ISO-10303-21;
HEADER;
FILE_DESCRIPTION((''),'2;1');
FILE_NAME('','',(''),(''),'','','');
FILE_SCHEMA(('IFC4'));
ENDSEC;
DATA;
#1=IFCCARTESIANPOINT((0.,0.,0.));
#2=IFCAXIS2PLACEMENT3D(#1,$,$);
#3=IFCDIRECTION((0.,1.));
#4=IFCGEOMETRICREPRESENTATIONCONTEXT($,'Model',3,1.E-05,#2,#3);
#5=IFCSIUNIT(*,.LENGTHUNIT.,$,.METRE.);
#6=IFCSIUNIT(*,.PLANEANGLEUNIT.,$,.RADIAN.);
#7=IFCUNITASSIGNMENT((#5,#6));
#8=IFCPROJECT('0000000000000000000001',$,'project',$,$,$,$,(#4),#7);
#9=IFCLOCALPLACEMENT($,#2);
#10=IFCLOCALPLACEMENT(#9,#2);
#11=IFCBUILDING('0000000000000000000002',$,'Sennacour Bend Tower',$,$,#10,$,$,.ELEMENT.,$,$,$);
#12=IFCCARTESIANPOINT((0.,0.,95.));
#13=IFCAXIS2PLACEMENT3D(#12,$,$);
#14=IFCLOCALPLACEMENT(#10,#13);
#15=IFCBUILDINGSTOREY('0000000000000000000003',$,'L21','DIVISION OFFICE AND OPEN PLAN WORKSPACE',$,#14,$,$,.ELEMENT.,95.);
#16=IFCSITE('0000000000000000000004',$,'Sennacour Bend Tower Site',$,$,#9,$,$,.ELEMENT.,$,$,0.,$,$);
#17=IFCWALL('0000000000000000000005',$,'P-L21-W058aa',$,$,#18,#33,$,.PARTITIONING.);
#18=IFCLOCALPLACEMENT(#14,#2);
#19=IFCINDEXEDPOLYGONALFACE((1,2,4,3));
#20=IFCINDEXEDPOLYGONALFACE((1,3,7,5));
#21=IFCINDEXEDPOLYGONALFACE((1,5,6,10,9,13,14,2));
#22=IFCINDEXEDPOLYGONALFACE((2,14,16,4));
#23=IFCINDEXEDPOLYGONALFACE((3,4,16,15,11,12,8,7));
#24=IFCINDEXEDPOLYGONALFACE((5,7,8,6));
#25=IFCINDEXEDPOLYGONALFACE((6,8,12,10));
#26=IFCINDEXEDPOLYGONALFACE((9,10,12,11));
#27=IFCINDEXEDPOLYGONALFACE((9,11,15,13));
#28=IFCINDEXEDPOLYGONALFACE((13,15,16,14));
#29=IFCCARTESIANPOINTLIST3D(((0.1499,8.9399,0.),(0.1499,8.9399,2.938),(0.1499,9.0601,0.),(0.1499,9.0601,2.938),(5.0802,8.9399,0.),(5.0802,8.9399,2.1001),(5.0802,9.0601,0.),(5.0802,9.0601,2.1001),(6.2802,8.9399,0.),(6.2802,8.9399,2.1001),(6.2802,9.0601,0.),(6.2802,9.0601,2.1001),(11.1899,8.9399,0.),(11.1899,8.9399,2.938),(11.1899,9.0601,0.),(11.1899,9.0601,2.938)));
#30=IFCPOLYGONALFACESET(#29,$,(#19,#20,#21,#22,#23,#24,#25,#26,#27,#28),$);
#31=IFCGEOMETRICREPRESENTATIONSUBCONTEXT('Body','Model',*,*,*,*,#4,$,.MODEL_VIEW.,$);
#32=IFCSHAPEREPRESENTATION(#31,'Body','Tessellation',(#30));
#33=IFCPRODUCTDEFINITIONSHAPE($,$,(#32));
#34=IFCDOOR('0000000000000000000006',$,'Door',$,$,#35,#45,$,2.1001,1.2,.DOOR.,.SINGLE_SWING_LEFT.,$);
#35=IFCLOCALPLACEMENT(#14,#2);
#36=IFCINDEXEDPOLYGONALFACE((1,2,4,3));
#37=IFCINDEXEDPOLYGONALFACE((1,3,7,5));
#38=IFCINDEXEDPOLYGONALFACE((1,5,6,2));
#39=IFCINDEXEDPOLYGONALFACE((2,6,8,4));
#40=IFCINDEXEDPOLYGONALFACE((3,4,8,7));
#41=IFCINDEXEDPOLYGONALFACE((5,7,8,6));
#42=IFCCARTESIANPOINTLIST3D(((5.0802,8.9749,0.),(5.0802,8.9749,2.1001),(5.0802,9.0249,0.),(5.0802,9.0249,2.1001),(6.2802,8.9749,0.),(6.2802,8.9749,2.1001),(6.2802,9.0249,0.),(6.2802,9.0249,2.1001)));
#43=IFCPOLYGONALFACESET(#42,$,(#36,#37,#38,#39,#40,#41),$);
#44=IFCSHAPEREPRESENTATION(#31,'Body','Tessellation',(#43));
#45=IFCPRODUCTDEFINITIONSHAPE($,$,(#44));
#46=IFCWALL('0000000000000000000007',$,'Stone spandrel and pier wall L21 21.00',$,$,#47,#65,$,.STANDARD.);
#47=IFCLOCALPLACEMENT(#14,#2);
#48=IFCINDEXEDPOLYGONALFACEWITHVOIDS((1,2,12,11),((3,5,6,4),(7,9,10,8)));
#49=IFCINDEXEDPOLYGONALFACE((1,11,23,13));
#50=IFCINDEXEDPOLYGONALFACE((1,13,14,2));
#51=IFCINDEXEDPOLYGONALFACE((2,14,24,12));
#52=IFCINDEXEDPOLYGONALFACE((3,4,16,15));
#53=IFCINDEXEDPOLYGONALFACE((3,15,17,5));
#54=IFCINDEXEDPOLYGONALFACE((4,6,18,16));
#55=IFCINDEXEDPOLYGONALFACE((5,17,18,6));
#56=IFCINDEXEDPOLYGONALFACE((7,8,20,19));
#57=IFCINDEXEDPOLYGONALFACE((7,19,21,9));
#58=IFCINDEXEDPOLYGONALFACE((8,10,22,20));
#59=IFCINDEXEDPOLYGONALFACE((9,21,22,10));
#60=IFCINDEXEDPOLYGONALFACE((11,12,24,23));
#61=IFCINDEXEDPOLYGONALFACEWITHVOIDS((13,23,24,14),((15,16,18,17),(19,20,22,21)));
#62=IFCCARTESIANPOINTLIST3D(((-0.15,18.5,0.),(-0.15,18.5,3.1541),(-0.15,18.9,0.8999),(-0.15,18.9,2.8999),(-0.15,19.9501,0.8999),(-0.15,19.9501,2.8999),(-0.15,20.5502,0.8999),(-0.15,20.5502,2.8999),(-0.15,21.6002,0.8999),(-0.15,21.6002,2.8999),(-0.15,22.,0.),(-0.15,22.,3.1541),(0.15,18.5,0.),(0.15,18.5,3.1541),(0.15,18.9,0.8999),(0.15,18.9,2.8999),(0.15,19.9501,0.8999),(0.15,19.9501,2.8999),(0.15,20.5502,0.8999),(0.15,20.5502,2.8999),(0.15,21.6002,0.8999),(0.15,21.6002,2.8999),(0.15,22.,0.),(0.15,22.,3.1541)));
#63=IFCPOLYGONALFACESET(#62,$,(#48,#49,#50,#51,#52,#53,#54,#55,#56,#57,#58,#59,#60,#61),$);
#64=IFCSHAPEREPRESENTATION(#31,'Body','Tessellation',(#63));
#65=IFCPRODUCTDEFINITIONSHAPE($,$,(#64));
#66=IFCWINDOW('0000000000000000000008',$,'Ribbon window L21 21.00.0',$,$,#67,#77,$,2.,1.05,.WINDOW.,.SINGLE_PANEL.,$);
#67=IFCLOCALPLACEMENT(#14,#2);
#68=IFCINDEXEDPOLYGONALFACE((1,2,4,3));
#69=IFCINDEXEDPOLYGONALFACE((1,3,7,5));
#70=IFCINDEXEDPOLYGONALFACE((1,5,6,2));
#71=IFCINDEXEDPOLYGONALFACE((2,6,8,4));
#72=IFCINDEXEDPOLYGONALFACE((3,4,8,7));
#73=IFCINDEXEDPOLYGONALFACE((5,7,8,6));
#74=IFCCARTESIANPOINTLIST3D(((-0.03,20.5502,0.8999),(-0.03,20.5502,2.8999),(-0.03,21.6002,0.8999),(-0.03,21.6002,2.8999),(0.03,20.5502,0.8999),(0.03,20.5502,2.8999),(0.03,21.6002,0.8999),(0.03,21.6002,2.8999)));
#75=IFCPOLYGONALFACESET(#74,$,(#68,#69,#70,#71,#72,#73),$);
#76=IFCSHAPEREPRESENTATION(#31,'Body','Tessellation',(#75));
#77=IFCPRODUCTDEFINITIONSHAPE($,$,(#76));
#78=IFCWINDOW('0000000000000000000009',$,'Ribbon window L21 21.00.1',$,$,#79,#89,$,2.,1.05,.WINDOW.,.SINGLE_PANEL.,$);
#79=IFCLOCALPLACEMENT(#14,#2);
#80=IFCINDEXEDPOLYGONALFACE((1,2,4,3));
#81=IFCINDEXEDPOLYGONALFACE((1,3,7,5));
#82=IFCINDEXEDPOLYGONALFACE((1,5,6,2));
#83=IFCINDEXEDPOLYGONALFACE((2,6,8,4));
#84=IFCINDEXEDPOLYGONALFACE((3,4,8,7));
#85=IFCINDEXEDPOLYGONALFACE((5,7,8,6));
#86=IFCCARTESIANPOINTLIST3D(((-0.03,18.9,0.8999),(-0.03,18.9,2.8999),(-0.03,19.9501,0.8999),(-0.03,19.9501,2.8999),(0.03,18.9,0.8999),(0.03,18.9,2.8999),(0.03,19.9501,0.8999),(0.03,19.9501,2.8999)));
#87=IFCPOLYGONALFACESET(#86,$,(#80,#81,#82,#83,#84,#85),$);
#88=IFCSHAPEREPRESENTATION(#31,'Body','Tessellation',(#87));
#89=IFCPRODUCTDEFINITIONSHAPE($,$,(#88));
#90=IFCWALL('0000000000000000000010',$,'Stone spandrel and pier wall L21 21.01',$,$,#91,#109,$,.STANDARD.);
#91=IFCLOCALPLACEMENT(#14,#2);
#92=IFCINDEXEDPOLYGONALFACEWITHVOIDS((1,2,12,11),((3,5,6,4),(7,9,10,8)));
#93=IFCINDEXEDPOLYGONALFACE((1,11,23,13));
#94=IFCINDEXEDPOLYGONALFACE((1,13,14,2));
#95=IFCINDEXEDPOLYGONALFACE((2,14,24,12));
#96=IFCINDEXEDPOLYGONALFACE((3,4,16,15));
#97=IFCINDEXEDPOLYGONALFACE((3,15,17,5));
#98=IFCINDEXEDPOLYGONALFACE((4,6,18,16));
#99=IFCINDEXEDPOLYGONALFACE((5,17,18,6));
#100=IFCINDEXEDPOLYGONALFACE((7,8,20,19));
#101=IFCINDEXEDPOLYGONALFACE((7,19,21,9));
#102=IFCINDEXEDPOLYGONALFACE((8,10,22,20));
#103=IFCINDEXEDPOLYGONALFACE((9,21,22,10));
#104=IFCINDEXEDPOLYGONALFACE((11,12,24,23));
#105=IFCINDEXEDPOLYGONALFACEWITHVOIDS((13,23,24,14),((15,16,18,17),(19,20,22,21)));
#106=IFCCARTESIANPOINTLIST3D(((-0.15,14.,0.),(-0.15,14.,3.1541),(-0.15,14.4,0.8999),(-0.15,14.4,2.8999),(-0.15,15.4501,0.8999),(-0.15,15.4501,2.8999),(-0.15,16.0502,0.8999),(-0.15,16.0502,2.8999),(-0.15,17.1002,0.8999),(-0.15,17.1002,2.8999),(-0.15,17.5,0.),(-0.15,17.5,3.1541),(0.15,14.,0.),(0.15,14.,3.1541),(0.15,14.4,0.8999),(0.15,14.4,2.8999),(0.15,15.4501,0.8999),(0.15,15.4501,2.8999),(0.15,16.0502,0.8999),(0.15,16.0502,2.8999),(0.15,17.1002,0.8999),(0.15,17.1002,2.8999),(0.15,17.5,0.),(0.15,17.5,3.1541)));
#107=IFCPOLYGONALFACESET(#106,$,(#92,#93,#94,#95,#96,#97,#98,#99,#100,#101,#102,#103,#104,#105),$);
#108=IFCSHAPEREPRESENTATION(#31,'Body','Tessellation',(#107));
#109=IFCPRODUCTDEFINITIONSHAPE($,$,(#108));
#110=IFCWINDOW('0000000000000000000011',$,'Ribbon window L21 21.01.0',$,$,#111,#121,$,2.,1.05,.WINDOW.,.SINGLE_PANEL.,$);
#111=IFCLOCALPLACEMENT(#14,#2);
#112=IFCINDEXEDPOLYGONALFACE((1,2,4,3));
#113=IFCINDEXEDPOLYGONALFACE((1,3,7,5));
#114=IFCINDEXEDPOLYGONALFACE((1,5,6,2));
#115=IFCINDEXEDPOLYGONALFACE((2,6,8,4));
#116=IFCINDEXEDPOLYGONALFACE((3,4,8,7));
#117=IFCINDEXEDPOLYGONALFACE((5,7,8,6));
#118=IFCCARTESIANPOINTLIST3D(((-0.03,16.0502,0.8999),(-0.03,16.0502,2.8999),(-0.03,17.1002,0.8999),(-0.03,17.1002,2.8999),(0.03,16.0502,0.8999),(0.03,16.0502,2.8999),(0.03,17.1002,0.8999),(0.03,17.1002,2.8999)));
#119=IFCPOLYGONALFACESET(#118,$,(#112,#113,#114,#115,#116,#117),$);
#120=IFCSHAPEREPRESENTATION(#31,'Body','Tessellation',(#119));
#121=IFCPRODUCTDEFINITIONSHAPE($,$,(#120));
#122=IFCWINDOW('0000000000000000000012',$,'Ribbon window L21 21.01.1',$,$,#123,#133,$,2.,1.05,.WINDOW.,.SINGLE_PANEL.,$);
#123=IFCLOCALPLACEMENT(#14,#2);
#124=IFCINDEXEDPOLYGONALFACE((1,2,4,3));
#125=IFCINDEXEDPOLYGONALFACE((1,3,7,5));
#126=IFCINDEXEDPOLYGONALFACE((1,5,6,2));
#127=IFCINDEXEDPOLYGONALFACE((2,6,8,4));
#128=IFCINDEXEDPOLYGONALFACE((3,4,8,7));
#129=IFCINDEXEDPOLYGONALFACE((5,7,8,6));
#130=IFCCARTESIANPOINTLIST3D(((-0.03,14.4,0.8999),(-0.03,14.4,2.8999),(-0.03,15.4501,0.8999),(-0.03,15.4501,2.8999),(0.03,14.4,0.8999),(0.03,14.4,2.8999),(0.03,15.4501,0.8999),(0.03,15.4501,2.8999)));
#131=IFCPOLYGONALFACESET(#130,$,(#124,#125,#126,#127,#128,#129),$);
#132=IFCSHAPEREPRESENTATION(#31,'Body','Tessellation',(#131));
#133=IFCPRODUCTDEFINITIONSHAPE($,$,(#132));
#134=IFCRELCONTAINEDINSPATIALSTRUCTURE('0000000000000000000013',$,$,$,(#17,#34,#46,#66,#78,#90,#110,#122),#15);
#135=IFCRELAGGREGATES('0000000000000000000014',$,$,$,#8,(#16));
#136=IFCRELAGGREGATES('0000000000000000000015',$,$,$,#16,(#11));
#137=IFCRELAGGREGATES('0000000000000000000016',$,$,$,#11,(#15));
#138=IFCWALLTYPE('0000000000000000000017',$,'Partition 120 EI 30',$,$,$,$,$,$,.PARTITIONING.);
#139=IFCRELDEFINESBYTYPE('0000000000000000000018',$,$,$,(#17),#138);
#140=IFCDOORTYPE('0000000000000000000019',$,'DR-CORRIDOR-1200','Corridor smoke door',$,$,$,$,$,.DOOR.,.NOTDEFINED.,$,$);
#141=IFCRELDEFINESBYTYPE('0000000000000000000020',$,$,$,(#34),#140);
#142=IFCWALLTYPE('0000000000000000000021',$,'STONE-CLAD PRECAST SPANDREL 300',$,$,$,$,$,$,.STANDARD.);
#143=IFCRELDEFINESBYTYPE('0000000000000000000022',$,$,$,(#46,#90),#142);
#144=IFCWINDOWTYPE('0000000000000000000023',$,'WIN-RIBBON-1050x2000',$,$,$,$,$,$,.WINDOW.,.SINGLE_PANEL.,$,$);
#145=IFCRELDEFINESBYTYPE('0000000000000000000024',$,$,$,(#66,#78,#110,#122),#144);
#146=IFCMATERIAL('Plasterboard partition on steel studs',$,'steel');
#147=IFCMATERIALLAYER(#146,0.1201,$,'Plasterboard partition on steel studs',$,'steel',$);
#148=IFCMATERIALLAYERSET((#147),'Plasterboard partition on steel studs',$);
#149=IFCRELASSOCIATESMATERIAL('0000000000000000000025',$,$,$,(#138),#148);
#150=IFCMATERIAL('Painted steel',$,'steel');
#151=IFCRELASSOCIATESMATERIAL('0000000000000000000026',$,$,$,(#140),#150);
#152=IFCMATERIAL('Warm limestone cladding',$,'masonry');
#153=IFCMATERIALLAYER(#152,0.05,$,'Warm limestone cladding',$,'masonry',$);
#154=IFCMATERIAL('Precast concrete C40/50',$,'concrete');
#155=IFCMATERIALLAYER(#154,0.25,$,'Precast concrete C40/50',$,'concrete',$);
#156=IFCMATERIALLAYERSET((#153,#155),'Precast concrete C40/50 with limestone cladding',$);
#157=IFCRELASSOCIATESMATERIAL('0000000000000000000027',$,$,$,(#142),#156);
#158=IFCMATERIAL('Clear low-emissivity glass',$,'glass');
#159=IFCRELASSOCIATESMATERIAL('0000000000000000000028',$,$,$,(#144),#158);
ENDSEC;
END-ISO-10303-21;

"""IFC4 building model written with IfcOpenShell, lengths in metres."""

from ifc_helpers import new_model, si_unit, direction, frame, frame_2d, origin, place, context, subcontext, project, spatial, rectangle, extrude, material, layer, layer_set, type_object, element, fill, save


model = new_model("IFC4")

# Units and contexts
model_context = context("Model", 3, precision=1e-05, world=origin(), true_north=direction((0.0, 1.0)))
body_context = subcontext(model_context, "Body", "Model", "MODEL_VIEW")
ifc_project = project(units=[si_unit("LENGTHUNIT", "METRE"), si_unit("PLANEANGLEUNIT", "RADIAN")], contexts=[model_context])

# Site, building, storey
site_placement = place(None, origin())
site = spatial("IfcSite", under=ifc_project, at=site_placement, Name="Sennacour Bend Tower Site", CompositionType="ELEMENT", RefElevation=0.0)
building_placement = place(site_placement, origin())
building = spatial("IfcBuilding", under=site, at=building_placement, Name="Sennacour Bend Tower", CompositionType="ELEMENT")
storey_placement = place(building_placement, frame((0.0, 0.0, 95.0)))
storey = spatial("IfcBuildingStorey", under=building, at=storey_placement, Name="L21", Description="DIVISION OFFICE AND OPEN PLAN WORKSPACE", CompositionType="ELEMENT", Elevation=95.0)

# Wall, opening, door
ifc_material_1 = material(Name="Plasterboard partition on steel studs", Category="steel")
ifc_layer_1 = layer(ifc_material_1, 0.1201, Name="Plasterboard partition on steel studs", Category="steel")
ifc_layer_set_1 = layer_set([ifc_layer_1], Name="Plasterboard partition on steel studs")
wall_type_1 = type_object("IfcWallType", Name="Partition 120 EI 30", PredefinedType="PARTITIONING", material=ifc_layer_set_1)
wall_1_placement = place(storey_placement, frame((0.1499, 9.0, 0.0), z_axis=(0.0, 0.0, 1.0), x_axis=(1.0, 0.0, 0.0)))
wall_1 = element("IfcWall", 1, at=wall_1_placement, inside=storey, type_object=wall_type_1, Name="P-L21-W058aa", PredefinedType="PARTITIONING", context=body_context, shape_type="SweptSolid", body=[
    extrude(rectangle(XDim=11.04, YDim=0.1201, at=frame_2d((5.52, 0.0))), origin(), (0.0, 0.0, 1.0), 2.938),
])
opening_1_placement = place(wall_1_placement, frame((4.9302, 0.0, 0.0)))
opening_1 = element("IfcOpeningElement", 2, at=opening_1_placement, cuts=wall_1, PredefinedType="OPENING", context=body_context, shape_type="SweptSolid", body=[
    extrude(rectangle(XDim=1.2, YDim=2.1001, at=frame_2d((0.6001, 1.05))), frame((0.0, 0.0701, 0.0), z_axis=(0.0, -1.0, 0.0), x_axis=(1.0, 0.0, 0.0)), (0.0, 0.0, 1.0), 0.1401),
])
ifc_material_2 = material(Name="Painted steel", Category="steel")
door_type = type_object("IfcDoorType", Name="DR-CORRIDOR-1200", Description="Corridor smoke door", OperationType="NOTDEFINED", PredefinedType="DOOR", material=ifc_material_2)
door_placement = place(opening_1_placement, origin())
door = element("IfcDoor", 3, at=door_placement, inside=storey, type_object=door_type, Name="Door", OperationType="SINGLE_SWING_LEFT", OverallHeight=2.1001, OverallWidth=1.2, PredefinedType="DOOR", context=body_context, shape_type="SweptSolid", body=[
    extrude(rectangle(XDim=1.2, YDim=2.1001, at=frame_2d((0.6001, 1.05))), frame((0.0, 0.0249, 0.0), z_axis=(0.0, -1.0, 0.0), x_axis=(1.0, 0.0, 0.0)), (0.0, 0.0, 1.0), 0.05),
])
fill(opening_1, door)

# Walls, openings, windows
ifc_material_3 = material(Name="Warm limestone cladding", Category="masonry")
ifc_layer_2 = layer(ifc_material_3, 0.05, Name="Warm limestone cladding", Category="masonry")
ifc_material_4 = material(Name="Precast concrete C40/50", Category="concrete")
ifc_layer_3 = layer(ifc_material_4, 0.25, Name="Precast concrete C40/50", Category="concrete")
ifc_layer_set_2 = layer_set([ifc_layer_2, ifc_layer_3], Name="Precast concrete C40/50 with limestone cladding")
wall_type_2 = type_object("IfcWallType", Name="STONE-CLAD PRECAST SPANDREL 300", PredefinedType="STANDARD", material=ifc_layer_set_2)
wall_2_placement = place(storey_placement, frame((0.0, 22.0, 0.0), z_axis=(0.0, 0.0, 1.0), x_axis=(0.0, -1.0, 0.0)))
wall_2 = element("IfcWall", 4, at=wall_2_placement, inside=storey, type_object=wall_type_2, Name="Stone spandrel and pier wall L21 21.00", PredefinedType="STANDARD", context=body_context, shape_type="SweptSolid", body=[
    extrude(rectangle(XDim=3.5, YDim=0.3, at=frame_2d((1.75, 0.0))), origin(), (0.0, 0.0, 1.0), 3.1541),
])
opening_2_placement = place(wall_2_placement, frame((0.3999, 0.0, 0.8999)))
opening_2 = element("IfcOpeningElement", 5, at=opening_2_placement, cuts=wall_2, PredefinedType="OPENING", context=body_context, shape_type="SweptSolid", body=[
    extrude(rectangle(XDim=1.05, YDim=2.0, at=frame_2d((0.5249, 1.0))), frame((0.0, 0.1602, 0.0), z_axis=(0.0, -1.0, 0.0), x_axis=(1.0, 0.0, 0.0)), (0.0, 0.0, 1.0), 0.3201),
])
opening_3_placement = place(wall_2_placement, frame((2.05, 0.0, 0.8999)))
opening_3 = element("IfcOpeningElement", 6, at=opening_3_placement, cuts=wall_2, PredefinedType="OPENING", context=body_context, shape_type="SweptSolid", body=[
    extrude(rectangle(XDim=1.05, YDim=2.0, at=frame_2d((0.5249, 1.0))), frame((0.0, 0.1602, 0.0), z_axis=(0.0, -1.0, 0.0), x_axis=(1.0, 0.0, 0.0)), (0.0, 0.0, 1.0), 0.3201),
])
ifc_material_5 = material(Name="Clear low-emissivity glass", Category="glass")
window_type = type_object("IfcWindowType", Name="WIN-RIBBON-1050x2000", PartitioningType="SINGLE_PANEL", PredefinedType="WINDOW", material=ifc_material_5)
window_1_placement = place(opening_2_placement, origin())
window_1 = element("IfcWindow", 7, at=window_1_placement, inside=storey, type_object=window_type, Name="Ribbon window L21 21.00.0", OverallHeight=2.0, OverallWidth=1.05, PartitioningType="SINGLE_PANEL", PredefinedType="WINDOW", context=body_context, shape_type="SweptSolid", body=[
    extrude(rectangle(XDim=1.05, YDim=2.0, at=frame_2d((0.5249, 1.0))), frame((0.0, 0.03, 0.0), z_axis=(0.0, -1.0, 0.0), x_axis=(1.0, 0.0, 0.0)), (0.0, 0.0, 1.0), 0.0601),
])
fill(opening_2, window_1)
window_2_placement = place(opening_3_placement, origin())
window_2 = element("IfcWindow", 8, at=window_2_placement, inside=storey, type_object=window_type, Name="Ribbon window L21 21.00.1", OverallHeight=2.0, OverallWidth=1.05, PartitioningType="SINGLE_PANEL", PredefinedType="WINDOW", context=body_context, shape_type="SweptSolid", body=[
    extrude(rectangle(XDim=1.05, YDim=2.0, at=frame_2d((0.5249, 1.0))), frame((0.0, 0.03, 0.0), z_axis=(0.0, -1.0, 0.0), x_axis=(1.0, 0.0, 0.0)), (0.0, 0.0, 1.0), 0.0601),
])
fill(opening_3, window_2)
wall_3_placement = place(storey_placement, frame((0.0, 17.5, 0.0), z_axis=(0.0, 0.0, 1.0), x_axis=(0.0, -1.0, 0.0)))
wall_3 = element("IfcWall", 9, at=wall_3_placement, inside=storey, type_object=wall_type_2, Name="Stone spandrel and pier wall L21 21.01", PredefinedType="STANDARD", context=body_context, shape_type="SweptSolid", body=[
    extrude(rectangle(XDim=3.5, YDim=0.3, at=frame_2d((1.75, 0.0))), origin(), (0.0, 0.0, 1.0), 3.1541),
])
opening_4_placement = place(wall_3_placement, frame((0.3999, 0.0, 0.8999)))
opening_4 = element("IfcOpeningElement", 10, at=opening_4_placement, cuts=wall_3, PredefinedType="OPENING", context=body_context, shape_type="SweptSolid", body=[
    extrude(rectangle(XDim=1.05, YDim=2.0, at=frame_2d((0.5249, 1.0))), frame((0.0, 0.1602, 0.0), z_axis=(0.0, -1.0, 0.0), x_axis=(1.0, 0.0, 0.0)), (0.0, 0.0, 1.0), 0.3201),
])
opening_5_placement = place(wall_3_placement, frame((2.05, 0.0, 0.8999)))
opening_5 = element("IfcOpeningElement", 11, at=opening_5_placement, cuts=wall_3, PredefinedType="OPENING", context=body_context, shape_type="SweptSolid", body=[
    extrude(rectangle(XDim=1.05, YDim=2.0, at=frame_2d((0.5249, 1.0))), frame((0.0, 0.1602, 0.0), z_axis=(0.0, -1.0, 0.0), x_axis=(1.0, 0.0, 0.0)), (0.0, 0.0, 1.0), 0.3201),
])
window_3_placement = place(opening_4_placement, origin())
window_3 = element("IfcWindow", 12, at=window_3_placement, inside=storey, type_object=window_type, Name="Ribbon window L21 21.01.0", OverallHeight=2.0, OverallWidth=1.05, PartitioningType="SINGLE_PANEL", PredefinedType="WINDOW", context=body_context, shape_type="SweptSolid", body=[
    extrude(rectangle(XDim=1.05, YDim=2.0, at=frame_2d((0.5249, 1.0))), frame((0.0, 0.03, 0.0), z_axis=(0.0, -1.0, 0.0), x_axis=(1.0, 0.0, 0.0)), (0.0, 0.0, 1.0), 0.0601),
])
fill(opening_4, window_3)
window_4_placement = place(opening_5_placement, origin())
window_4 = element("IfcWindow", 13, at=window_4_placement, inside=storey, type_object=window_type, Name="Ribbon window L21 21.01.1", OverallHeight=2.0, OverallWidth=1.05, PartitioningType="SINGLE_PANEL", PredefinedType="WINDOW", context=body_context, shape_type="SweptSolid", body=[
    extrude(rectangle(XDim=1.05, YDim=2.0, at=frame_2d((0.5249, 1.0))), frame((0.0, 0.03, 0.0), z_axis=(0.0, -1.0, 0.0), x_axis=(1.0, 0.0, 0.0)), (0.0, 0.0, 1.0), 0.0601),
])
fill(opening_5, window_4)

save(model, "model.ifc")
